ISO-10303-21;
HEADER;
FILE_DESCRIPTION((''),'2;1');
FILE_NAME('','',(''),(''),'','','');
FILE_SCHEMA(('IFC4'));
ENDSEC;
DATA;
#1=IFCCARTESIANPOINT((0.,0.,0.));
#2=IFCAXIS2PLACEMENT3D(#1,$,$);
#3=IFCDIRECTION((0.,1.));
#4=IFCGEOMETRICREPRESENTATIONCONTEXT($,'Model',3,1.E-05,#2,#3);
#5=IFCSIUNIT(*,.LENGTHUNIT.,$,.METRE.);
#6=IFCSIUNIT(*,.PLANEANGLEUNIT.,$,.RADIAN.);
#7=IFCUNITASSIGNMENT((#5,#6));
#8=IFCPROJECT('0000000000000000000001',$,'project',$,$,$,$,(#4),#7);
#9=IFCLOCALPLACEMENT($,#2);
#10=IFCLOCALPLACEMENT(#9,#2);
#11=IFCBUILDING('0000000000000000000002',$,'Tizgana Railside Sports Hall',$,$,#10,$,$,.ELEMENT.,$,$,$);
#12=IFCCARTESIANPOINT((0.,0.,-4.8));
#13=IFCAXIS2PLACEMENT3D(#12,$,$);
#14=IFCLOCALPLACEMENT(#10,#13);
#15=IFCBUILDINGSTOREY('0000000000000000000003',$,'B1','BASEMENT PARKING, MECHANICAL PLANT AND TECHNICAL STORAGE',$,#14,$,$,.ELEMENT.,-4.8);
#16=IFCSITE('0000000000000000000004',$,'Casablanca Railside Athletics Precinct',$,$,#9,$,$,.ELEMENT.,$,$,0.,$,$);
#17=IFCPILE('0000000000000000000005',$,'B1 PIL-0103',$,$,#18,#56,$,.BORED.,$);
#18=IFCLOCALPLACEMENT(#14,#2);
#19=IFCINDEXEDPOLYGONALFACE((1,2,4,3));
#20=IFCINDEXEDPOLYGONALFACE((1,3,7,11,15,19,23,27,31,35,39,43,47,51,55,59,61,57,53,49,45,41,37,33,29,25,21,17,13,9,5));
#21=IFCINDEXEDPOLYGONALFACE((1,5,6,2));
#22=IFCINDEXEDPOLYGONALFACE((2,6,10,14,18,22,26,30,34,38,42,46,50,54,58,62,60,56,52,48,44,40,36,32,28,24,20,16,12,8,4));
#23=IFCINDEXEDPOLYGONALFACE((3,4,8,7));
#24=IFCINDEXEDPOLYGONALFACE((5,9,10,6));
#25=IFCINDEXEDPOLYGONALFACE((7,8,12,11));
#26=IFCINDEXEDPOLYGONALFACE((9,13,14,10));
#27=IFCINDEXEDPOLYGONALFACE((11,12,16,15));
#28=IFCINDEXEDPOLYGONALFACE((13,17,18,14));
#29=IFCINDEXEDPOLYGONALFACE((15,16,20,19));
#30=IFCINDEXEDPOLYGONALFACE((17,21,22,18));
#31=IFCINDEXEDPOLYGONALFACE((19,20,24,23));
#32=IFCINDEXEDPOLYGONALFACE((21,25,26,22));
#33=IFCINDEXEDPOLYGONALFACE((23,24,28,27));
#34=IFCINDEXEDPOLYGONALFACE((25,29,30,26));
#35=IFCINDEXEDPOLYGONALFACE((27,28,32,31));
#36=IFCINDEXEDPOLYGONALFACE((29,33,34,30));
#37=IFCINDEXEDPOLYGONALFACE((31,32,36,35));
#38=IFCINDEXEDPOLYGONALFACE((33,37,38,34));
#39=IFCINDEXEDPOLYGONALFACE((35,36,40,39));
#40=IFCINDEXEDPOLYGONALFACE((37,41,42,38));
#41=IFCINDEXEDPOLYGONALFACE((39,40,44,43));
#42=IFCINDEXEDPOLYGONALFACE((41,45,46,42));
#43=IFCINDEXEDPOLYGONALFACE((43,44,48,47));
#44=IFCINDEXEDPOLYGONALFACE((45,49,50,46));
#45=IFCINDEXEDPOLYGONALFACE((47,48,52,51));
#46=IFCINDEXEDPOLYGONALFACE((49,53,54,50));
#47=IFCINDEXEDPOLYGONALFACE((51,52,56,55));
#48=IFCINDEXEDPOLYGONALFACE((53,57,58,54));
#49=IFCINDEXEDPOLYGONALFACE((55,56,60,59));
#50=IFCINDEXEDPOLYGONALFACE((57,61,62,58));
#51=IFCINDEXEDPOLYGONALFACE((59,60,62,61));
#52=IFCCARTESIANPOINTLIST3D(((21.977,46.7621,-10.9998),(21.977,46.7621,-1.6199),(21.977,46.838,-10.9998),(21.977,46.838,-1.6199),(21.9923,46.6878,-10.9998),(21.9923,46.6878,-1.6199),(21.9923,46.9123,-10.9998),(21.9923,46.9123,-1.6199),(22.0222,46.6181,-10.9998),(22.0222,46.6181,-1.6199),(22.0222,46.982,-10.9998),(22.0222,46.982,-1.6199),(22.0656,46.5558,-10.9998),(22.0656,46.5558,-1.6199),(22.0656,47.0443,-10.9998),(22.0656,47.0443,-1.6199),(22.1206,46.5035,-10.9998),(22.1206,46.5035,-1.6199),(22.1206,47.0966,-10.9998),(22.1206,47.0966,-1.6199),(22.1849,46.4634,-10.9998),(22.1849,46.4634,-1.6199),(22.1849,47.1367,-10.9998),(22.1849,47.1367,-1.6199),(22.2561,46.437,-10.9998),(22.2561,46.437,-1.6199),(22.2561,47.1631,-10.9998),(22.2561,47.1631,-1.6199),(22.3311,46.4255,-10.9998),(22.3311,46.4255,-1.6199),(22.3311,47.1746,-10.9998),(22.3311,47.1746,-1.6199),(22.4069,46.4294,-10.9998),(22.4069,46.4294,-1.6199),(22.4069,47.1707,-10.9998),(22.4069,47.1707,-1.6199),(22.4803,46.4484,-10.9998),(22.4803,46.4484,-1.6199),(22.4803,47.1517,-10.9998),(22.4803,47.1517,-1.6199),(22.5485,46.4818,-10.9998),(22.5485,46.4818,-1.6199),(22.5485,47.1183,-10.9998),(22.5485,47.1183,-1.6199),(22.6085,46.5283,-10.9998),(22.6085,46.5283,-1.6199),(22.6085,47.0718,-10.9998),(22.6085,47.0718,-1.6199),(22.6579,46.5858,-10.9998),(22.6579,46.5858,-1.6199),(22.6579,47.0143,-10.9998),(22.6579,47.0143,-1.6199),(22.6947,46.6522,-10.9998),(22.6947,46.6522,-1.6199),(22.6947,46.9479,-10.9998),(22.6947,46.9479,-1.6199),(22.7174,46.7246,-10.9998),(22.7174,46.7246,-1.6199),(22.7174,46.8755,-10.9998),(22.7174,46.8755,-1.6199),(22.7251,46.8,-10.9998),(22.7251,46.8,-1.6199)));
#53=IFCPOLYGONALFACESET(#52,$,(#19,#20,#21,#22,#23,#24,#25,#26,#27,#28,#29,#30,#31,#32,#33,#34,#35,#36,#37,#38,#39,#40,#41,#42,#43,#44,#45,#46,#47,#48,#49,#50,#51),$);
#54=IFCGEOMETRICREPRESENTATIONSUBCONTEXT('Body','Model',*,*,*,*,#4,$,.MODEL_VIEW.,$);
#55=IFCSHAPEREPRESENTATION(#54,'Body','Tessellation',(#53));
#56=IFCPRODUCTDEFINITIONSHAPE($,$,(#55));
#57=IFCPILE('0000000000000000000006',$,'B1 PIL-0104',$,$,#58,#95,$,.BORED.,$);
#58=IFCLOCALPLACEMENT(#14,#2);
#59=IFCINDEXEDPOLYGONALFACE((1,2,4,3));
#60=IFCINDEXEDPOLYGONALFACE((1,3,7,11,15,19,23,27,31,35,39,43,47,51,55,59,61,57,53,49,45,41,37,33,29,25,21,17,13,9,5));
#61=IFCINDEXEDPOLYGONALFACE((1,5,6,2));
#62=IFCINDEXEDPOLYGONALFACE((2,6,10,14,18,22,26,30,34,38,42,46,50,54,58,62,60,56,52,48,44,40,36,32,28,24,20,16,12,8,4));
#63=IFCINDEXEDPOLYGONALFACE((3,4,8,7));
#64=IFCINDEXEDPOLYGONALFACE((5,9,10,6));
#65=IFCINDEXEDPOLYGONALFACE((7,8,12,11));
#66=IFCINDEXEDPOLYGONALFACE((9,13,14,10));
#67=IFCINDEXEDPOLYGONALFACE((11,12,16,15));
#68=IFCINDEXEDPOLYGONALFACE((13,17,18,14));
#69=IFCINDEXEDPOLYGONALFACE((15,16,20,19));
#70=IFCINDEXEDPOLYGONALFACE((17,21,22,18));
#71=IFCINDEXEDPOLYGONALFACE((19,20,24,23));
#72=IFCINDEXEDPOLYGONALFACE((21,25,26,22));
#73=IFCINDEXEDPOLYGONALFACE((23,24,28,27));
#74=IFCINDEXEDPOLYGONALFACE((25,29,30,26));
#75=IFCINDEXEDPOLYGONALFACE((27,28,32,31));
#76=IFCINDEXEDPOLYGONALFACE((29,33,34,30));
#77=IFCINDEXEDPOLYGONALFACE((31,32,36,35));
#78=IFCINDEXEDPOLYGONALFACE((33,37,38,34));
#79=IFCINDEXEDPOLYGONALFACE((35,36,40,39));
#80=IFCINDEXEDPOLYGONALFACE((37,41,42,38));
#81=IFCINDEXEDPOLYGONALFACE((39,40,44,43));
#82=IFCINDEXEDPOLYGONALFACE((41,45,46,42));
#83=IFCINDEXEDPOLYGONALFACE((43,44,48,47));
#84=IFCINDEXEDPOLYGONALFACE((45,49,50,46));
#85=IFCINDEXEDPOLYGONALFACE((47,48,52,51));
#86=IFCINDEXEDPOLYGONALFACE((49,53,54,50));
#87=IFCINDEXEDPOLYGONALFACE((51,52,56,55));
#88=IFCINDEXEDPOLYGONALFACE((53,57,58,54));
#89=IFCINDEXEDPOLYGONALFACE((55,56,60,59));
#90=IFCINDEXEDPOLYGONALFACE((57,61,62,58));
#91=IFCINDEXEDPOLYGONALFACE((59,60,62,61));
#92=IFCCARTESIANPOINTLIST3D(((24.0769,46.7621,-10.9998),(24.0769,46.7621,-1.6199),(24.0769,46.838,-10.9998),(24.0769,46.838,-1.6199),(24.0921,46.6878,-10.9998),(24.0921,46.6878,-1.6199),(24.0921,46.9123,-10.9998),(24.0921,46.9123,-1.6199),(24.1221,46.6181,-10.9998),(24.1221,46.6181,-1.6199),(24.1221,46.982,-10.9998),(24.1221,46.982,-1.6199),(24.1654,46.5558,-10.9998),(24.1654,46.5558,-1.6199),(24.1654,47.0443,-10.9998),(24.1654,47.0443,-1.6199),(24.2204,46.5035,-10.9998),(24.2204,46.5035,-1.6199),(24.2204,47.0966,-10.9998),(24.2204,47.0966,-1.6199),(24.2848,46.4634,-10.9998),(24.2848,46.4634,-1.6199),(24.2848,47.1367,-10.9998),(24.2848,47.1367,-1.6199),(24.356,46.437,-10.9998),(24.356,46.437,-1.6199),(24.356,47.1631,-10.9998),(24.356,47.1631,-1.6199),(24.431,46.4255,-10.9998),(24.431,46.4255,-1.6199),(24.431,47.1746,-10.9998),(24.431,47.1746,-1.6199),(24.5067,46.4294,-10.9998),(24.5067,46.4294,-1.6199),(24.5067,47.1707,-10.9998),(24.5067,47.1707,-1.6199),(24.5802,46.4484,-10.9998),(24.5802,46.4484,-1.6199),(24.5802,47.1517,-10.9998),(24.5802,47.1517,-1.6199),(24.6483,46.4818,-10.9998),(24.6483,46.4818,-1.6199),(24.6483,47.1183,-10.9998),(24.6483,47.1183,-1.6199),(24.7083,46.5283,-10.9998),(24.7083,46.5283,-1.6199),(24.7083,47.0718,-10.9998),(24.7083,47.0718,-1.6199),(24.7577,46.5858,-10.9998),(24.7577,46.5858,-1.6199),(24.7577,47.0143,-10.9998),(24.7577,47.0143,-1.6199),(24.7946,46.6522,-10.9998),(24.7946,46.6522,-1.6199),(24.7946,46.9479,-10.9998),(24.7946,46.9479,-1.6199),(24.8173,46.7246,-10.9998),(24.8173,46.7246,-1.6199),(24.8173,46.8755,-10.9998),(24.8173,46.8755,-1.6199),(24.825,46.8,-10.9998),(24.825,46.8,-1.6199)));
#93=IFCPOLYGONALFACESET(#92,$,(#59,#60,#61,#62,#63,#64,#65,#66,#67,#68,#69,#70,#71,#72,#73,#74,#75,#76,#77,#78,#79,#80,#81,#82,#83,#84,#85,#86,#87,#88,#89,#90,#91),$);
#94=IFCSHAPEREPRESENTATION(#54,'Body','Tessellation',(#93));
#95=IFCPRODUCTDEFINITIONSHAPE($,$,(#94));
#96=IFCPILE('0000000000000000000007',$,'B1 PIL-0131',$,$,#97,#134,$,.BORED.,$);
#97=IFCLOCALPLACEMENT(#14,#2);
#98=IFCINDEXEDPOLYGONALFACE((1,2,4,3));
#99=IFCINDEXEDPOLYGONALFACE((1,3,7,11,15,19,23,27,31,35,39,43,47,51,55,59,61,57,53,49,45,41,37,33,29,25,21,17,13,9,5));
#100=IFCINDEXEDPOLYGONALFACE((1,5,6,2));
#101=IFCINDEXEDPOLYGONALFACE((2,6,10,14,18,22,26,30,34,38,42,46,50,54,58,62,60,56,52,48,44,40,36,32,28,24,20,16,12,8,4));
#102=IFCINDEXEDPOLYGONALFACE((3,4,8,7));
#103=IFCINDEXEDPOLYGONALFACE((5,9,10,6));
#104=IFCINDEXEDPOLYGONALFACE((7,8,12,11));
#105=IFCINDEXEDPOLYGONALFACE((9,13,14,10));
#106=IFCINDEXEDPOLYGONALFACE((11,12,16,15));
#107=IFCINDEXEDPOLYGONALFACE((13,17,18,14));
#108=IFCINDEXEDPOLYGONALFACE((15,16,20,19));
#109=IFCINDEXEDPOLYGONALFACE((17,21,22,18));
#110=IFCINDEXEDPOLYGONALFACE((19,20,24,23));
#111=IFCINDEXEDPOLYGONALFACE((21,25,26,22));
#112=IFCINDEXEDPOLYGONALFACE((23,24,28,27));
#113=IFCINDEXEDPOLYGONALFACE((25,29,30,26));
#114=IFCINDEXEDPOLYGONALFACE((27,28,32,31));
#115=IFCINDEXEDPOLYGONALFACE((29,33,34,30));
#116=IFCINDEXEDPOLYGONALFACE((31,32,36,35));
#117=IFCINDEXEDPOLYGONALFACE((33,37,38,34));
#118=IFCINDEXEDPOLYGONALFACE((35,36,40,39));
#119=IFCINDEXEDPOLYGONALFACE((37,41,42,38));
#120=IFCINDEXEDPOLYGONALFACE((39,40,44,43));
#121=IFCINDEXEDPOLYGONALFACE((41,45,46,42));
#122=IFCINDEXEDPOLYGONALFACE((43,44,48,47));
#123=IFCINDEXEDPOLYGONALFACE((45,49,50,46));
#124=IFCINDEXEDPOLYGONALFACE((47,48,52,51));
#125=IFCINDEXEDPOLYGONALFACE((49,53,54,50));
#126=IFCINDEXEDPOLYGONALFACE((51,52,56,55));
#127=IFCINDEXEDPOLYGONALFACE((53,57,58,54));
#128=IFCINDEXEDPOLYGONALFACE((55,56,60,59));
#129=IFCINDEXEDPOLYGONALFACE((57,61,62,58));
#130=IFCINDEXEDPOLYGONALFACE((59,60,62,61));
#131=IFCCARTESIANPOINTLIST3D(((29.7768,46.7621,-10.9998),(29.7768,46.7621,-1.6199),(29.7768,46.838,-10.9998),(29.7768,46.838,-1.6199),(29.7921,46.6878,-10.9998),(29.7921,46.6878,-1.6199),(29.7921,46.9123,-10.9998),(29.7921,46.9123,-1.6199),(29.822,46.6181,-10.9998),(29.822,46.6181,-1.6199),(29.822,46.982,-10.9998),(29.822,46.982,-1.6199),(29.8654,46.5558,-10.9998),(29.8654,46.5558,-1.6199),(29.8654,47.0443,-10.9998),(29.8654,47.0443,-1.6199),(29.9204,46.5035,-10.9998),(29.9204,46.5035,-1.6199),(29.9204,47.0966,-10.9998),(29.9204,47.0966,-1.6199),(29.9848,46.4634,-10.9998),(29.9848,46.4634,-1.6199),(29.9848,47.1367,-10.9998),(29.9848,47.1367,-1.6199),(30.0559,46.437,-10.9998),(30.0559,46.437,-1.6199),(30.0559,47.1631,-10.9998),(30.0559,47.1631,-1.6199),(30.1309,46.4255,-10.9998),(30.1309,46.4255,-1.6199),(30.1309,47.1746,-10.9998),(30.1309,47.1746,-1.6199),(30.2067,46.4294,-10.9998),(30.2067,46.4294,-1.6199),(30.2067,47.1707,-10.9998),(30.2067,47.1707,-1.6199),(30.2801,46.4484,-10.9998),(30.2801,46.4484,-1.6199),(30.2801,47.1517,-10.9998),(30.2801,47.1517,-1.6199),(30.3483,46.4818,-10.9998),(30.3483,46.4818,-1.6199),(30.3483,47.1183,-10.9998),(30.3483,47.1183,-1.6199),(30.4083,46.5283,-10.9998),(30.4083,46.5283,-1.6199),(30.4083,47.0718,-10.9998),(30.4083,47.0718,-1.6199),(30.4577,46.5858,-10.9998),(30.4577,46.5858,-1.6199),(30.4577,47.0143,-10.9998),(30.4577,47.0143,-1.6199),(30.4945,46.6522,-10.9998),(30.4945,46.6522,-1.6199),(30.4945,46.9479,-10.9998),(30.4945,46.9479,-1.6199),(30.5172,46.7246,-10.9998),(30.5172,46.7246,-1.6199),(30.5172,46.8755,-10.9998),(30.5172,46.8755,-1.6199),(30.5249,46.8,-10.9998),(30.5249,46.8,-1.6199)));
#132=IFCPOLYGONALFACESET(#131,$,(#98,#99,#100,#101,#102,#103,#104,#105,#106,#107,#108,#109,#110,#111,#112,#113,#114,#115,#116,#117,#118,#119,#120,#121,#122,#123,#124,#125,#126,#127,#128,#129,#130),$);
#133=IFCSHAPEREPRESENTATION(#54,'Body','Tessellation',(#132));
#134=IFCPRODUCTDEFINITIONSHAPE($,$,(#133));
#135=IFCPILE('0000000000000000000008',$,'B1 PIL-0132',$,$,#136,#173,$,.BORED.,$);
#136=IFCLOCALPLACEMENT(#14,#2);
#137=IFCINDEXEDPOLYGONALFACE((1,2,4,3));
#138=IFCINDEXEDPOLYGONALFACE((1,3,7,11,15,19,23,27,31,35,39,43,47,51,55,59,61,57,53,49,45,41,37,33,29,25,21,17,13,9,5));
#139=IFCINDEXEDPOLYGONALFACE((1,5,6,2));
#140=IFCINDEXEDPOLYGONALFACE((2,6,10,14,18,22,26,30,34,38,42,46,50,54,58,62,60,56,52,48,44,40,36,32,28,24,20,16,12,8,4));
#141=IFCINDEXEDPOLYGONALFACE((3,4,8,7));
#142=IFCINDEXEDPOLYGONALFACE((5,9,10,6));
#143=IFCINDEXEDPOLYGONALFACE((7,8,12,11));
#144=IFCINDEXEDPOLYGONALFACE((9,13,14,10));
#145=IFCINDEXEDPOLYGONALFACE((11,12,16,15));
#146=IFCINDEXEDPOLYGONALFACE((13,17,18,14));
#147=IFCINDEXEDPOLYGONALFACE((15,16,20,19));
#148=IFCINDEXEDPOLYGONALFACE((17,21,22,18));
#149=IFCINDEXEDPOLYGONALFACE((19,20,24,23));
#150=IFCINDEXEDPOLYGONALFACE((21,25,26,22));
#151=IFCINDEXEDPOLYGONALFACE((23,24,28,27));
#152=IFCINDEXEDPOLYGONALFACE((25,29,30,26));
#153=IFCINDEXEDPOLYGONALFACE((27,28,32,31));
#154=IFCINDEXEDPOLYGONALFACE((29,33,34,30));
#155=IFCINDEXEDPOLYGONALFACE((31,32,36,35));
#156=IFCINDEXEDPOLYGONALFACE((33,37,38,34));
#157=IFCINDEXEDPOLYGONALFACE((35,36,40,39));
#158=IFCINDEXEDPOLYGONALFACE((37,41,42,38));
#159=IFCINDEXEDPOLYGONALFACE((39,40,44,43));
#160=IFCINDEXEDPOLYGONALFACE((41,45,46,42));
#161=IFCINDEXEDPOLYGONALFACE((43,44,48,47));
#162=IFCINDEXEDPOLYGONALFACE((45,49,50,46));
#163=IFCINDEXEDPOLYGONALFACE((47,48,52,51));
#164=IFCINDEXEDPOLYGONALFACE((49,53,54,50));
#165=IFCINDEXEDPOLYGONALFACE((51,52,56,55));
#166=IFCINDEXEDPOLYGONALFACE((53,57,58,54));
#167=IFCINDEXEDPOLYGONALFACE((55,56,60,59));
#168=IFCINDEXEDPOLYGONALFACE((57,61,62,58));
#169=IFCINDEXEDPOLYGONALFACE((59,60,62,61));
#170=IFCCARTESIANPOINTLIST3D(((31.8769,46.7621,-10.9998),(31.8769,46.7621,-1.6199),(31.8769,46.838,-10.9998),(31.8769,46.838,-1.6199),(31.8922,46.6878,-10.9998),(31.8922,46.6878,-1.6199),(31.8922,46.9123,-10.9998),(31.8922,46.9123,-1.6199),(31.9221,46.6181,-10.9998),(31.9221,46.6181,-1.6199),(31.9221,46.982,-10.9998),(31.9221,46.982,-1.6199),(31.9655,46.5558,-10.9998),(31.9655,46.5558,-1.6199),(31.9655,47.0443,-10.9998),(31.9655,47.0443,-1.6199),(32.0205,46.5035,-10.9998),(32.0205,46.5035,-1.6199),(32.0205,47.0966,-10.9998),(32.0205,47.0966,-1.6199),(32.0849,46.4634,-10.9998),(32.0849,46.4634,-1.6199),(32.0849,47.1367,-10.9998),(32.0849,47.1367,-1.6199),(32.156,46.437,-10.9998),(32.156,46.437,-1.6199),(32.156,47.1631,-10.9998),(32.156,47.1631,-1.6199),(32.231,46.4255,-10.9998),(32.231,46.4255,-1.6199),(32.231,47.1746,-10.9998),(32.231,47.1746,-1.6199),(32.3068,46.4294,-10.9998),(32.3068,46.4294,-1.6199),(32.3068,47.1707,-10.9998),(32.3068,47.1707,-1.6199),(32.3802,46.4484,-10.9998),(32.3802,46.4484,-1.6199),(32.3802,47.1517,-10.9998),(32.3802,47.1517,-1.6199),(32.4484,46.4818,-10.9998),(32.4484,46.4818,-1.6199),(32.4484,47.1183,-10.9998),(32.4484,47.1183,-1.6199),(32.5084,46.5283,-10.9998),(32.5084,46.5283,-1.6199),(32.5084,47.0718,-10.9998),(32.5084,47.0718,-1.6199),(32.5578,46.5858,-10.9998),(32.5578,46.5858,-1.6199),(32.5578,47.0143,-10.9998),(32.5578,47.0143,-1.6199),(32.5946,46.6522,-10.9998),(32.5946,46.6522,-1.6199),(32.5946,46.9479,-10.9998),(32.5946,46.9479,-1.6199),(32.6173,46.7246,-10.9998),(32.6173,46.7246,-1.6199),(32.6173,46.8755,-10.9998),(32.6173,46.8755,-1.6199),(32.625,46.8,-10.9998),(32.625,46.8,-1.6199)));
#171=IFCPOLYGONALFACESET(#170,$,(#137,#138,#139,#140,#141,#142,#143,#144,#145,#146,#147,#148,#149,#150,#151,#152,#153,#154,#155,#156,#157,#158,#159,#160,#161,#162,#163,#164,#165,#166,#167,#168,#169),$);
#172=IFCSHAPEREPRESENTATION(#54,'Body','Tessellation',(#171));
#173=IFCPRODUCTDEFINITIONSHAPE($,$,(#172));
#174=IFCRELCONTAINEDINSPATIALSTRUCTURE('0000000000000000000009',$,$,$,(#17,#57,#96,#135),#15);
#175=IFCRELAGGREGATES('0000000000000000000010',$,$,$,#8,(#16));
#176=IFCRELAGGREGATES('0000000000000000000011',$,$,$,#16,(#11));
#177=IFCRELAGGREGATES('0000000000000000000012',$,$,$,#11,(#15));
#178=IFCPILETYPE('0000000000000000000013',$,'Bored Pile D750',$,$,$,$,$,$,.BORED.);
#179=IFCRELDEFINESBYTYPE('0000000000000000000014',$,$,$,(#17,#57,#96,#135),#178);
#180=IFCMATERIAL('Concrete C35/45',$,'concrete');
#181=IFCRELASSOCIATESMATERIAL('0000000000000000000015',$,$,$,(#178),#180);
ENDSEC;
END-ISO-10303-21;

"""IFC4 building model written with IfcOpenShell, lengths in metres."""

from ifc_helpers import new_model, si_unit, direction, frame, origin, origin_2d, place, context, subcontext, project, spatial, circle, extrude, material, material_profile, profile_set, type_object, element, save


model = new_model("IFC4")

# Units and contexts
model_context = context("Model", 3, precision=1e-05, world=origin(), true_north=direction((0.0, 1.0)))
body_context = subcontext(model_context, "Body", "Model", "MODEL_VIEW")
ifc_project = project(units=[si_unit("LENGTHUNIT", "METRE"), si_unit("PLANEANGLEUNIT", "RADIAN")], contexts=[model_context])

# Site, building, storey
site_placement = place(None, origin())
site = spatial("IfcSite", under=ifc_project, at=site_placement, Name="Casablanca Railside Athletics Precinct", CompositionType="ELEMENT", RefElevation=0.0)
building_placement = place(site_placement, origin())
building = spatial("IfcBuilding", under=site, at=building_placement, Name="Tizgana Railside Sports Hall", CompositionType="ELEMENT")
storey_placement = place(building_placement, frame((0.0, 0.0, -4.8)))
storey = spatial("IfcBuildingStorey", under=building, at=storey_placement, Name="B1", Description="BASEMENT PARKING, MECHANICAL PLANT AND TECHNICAL STORAGE", CompositionType="ELEMENT", Elevation=-4.8)

# Piles
ifc_material_1 = material(Name="Concrete C35/45", Category="concrete")
ifc_material_profile_1 = material_profile(ifc_material_1, circle(Radius=0.375, at=origin_2d()), Name="PILE D750")
ifc_profile_set_1 = profile_set([ifc_material_profile_1], Name="Concrete C35/45")
pile_type_1 = type_object("IfcPileType", Name="Bored Pile D750", PredefinedType="BORED", material=ifc_profile_set_1)
for number, where, z_axis, x_axis, name in (
    (1, (22.3501, 46.8, -1.6199), (0.0, 0.0, -1.0), (1.0, 0.0, 0.0), "B1 PIL-0103"),
    (2, (24.45, 46.8, -1.6199), (0.0, 0.0, -1.0), (1.0, 0.0, 0.0), "B1 PIL-0104"),
    (3, (30.1499, 46.8, -1.6199), (0.0, 0.0, -1.0), (1.0, 0.0, 0.0), "B1 PIL-0131"),
    (4, (32.25, 46.8, -1.6199), (0.0, 0.0, -1.0), (1.0, 0.0, 0.0), "B1 PIL-0132"),
):
    element("IfcPile", number, at=place(storey_placement, frame(where, z_axis=z_axis, x_axis=x_axis)), inside=storey, type_object=pile_type_1, Name=name, PredefinedType="BORED", context=body_context, shape_type="SweptSolid", body=[
        extrude(circle(Radius=0.375, at=origin_2d()), origin(), (0.0, 0.0, 1.0), 9.3799),
    ])

save(model, "model.ifc")
